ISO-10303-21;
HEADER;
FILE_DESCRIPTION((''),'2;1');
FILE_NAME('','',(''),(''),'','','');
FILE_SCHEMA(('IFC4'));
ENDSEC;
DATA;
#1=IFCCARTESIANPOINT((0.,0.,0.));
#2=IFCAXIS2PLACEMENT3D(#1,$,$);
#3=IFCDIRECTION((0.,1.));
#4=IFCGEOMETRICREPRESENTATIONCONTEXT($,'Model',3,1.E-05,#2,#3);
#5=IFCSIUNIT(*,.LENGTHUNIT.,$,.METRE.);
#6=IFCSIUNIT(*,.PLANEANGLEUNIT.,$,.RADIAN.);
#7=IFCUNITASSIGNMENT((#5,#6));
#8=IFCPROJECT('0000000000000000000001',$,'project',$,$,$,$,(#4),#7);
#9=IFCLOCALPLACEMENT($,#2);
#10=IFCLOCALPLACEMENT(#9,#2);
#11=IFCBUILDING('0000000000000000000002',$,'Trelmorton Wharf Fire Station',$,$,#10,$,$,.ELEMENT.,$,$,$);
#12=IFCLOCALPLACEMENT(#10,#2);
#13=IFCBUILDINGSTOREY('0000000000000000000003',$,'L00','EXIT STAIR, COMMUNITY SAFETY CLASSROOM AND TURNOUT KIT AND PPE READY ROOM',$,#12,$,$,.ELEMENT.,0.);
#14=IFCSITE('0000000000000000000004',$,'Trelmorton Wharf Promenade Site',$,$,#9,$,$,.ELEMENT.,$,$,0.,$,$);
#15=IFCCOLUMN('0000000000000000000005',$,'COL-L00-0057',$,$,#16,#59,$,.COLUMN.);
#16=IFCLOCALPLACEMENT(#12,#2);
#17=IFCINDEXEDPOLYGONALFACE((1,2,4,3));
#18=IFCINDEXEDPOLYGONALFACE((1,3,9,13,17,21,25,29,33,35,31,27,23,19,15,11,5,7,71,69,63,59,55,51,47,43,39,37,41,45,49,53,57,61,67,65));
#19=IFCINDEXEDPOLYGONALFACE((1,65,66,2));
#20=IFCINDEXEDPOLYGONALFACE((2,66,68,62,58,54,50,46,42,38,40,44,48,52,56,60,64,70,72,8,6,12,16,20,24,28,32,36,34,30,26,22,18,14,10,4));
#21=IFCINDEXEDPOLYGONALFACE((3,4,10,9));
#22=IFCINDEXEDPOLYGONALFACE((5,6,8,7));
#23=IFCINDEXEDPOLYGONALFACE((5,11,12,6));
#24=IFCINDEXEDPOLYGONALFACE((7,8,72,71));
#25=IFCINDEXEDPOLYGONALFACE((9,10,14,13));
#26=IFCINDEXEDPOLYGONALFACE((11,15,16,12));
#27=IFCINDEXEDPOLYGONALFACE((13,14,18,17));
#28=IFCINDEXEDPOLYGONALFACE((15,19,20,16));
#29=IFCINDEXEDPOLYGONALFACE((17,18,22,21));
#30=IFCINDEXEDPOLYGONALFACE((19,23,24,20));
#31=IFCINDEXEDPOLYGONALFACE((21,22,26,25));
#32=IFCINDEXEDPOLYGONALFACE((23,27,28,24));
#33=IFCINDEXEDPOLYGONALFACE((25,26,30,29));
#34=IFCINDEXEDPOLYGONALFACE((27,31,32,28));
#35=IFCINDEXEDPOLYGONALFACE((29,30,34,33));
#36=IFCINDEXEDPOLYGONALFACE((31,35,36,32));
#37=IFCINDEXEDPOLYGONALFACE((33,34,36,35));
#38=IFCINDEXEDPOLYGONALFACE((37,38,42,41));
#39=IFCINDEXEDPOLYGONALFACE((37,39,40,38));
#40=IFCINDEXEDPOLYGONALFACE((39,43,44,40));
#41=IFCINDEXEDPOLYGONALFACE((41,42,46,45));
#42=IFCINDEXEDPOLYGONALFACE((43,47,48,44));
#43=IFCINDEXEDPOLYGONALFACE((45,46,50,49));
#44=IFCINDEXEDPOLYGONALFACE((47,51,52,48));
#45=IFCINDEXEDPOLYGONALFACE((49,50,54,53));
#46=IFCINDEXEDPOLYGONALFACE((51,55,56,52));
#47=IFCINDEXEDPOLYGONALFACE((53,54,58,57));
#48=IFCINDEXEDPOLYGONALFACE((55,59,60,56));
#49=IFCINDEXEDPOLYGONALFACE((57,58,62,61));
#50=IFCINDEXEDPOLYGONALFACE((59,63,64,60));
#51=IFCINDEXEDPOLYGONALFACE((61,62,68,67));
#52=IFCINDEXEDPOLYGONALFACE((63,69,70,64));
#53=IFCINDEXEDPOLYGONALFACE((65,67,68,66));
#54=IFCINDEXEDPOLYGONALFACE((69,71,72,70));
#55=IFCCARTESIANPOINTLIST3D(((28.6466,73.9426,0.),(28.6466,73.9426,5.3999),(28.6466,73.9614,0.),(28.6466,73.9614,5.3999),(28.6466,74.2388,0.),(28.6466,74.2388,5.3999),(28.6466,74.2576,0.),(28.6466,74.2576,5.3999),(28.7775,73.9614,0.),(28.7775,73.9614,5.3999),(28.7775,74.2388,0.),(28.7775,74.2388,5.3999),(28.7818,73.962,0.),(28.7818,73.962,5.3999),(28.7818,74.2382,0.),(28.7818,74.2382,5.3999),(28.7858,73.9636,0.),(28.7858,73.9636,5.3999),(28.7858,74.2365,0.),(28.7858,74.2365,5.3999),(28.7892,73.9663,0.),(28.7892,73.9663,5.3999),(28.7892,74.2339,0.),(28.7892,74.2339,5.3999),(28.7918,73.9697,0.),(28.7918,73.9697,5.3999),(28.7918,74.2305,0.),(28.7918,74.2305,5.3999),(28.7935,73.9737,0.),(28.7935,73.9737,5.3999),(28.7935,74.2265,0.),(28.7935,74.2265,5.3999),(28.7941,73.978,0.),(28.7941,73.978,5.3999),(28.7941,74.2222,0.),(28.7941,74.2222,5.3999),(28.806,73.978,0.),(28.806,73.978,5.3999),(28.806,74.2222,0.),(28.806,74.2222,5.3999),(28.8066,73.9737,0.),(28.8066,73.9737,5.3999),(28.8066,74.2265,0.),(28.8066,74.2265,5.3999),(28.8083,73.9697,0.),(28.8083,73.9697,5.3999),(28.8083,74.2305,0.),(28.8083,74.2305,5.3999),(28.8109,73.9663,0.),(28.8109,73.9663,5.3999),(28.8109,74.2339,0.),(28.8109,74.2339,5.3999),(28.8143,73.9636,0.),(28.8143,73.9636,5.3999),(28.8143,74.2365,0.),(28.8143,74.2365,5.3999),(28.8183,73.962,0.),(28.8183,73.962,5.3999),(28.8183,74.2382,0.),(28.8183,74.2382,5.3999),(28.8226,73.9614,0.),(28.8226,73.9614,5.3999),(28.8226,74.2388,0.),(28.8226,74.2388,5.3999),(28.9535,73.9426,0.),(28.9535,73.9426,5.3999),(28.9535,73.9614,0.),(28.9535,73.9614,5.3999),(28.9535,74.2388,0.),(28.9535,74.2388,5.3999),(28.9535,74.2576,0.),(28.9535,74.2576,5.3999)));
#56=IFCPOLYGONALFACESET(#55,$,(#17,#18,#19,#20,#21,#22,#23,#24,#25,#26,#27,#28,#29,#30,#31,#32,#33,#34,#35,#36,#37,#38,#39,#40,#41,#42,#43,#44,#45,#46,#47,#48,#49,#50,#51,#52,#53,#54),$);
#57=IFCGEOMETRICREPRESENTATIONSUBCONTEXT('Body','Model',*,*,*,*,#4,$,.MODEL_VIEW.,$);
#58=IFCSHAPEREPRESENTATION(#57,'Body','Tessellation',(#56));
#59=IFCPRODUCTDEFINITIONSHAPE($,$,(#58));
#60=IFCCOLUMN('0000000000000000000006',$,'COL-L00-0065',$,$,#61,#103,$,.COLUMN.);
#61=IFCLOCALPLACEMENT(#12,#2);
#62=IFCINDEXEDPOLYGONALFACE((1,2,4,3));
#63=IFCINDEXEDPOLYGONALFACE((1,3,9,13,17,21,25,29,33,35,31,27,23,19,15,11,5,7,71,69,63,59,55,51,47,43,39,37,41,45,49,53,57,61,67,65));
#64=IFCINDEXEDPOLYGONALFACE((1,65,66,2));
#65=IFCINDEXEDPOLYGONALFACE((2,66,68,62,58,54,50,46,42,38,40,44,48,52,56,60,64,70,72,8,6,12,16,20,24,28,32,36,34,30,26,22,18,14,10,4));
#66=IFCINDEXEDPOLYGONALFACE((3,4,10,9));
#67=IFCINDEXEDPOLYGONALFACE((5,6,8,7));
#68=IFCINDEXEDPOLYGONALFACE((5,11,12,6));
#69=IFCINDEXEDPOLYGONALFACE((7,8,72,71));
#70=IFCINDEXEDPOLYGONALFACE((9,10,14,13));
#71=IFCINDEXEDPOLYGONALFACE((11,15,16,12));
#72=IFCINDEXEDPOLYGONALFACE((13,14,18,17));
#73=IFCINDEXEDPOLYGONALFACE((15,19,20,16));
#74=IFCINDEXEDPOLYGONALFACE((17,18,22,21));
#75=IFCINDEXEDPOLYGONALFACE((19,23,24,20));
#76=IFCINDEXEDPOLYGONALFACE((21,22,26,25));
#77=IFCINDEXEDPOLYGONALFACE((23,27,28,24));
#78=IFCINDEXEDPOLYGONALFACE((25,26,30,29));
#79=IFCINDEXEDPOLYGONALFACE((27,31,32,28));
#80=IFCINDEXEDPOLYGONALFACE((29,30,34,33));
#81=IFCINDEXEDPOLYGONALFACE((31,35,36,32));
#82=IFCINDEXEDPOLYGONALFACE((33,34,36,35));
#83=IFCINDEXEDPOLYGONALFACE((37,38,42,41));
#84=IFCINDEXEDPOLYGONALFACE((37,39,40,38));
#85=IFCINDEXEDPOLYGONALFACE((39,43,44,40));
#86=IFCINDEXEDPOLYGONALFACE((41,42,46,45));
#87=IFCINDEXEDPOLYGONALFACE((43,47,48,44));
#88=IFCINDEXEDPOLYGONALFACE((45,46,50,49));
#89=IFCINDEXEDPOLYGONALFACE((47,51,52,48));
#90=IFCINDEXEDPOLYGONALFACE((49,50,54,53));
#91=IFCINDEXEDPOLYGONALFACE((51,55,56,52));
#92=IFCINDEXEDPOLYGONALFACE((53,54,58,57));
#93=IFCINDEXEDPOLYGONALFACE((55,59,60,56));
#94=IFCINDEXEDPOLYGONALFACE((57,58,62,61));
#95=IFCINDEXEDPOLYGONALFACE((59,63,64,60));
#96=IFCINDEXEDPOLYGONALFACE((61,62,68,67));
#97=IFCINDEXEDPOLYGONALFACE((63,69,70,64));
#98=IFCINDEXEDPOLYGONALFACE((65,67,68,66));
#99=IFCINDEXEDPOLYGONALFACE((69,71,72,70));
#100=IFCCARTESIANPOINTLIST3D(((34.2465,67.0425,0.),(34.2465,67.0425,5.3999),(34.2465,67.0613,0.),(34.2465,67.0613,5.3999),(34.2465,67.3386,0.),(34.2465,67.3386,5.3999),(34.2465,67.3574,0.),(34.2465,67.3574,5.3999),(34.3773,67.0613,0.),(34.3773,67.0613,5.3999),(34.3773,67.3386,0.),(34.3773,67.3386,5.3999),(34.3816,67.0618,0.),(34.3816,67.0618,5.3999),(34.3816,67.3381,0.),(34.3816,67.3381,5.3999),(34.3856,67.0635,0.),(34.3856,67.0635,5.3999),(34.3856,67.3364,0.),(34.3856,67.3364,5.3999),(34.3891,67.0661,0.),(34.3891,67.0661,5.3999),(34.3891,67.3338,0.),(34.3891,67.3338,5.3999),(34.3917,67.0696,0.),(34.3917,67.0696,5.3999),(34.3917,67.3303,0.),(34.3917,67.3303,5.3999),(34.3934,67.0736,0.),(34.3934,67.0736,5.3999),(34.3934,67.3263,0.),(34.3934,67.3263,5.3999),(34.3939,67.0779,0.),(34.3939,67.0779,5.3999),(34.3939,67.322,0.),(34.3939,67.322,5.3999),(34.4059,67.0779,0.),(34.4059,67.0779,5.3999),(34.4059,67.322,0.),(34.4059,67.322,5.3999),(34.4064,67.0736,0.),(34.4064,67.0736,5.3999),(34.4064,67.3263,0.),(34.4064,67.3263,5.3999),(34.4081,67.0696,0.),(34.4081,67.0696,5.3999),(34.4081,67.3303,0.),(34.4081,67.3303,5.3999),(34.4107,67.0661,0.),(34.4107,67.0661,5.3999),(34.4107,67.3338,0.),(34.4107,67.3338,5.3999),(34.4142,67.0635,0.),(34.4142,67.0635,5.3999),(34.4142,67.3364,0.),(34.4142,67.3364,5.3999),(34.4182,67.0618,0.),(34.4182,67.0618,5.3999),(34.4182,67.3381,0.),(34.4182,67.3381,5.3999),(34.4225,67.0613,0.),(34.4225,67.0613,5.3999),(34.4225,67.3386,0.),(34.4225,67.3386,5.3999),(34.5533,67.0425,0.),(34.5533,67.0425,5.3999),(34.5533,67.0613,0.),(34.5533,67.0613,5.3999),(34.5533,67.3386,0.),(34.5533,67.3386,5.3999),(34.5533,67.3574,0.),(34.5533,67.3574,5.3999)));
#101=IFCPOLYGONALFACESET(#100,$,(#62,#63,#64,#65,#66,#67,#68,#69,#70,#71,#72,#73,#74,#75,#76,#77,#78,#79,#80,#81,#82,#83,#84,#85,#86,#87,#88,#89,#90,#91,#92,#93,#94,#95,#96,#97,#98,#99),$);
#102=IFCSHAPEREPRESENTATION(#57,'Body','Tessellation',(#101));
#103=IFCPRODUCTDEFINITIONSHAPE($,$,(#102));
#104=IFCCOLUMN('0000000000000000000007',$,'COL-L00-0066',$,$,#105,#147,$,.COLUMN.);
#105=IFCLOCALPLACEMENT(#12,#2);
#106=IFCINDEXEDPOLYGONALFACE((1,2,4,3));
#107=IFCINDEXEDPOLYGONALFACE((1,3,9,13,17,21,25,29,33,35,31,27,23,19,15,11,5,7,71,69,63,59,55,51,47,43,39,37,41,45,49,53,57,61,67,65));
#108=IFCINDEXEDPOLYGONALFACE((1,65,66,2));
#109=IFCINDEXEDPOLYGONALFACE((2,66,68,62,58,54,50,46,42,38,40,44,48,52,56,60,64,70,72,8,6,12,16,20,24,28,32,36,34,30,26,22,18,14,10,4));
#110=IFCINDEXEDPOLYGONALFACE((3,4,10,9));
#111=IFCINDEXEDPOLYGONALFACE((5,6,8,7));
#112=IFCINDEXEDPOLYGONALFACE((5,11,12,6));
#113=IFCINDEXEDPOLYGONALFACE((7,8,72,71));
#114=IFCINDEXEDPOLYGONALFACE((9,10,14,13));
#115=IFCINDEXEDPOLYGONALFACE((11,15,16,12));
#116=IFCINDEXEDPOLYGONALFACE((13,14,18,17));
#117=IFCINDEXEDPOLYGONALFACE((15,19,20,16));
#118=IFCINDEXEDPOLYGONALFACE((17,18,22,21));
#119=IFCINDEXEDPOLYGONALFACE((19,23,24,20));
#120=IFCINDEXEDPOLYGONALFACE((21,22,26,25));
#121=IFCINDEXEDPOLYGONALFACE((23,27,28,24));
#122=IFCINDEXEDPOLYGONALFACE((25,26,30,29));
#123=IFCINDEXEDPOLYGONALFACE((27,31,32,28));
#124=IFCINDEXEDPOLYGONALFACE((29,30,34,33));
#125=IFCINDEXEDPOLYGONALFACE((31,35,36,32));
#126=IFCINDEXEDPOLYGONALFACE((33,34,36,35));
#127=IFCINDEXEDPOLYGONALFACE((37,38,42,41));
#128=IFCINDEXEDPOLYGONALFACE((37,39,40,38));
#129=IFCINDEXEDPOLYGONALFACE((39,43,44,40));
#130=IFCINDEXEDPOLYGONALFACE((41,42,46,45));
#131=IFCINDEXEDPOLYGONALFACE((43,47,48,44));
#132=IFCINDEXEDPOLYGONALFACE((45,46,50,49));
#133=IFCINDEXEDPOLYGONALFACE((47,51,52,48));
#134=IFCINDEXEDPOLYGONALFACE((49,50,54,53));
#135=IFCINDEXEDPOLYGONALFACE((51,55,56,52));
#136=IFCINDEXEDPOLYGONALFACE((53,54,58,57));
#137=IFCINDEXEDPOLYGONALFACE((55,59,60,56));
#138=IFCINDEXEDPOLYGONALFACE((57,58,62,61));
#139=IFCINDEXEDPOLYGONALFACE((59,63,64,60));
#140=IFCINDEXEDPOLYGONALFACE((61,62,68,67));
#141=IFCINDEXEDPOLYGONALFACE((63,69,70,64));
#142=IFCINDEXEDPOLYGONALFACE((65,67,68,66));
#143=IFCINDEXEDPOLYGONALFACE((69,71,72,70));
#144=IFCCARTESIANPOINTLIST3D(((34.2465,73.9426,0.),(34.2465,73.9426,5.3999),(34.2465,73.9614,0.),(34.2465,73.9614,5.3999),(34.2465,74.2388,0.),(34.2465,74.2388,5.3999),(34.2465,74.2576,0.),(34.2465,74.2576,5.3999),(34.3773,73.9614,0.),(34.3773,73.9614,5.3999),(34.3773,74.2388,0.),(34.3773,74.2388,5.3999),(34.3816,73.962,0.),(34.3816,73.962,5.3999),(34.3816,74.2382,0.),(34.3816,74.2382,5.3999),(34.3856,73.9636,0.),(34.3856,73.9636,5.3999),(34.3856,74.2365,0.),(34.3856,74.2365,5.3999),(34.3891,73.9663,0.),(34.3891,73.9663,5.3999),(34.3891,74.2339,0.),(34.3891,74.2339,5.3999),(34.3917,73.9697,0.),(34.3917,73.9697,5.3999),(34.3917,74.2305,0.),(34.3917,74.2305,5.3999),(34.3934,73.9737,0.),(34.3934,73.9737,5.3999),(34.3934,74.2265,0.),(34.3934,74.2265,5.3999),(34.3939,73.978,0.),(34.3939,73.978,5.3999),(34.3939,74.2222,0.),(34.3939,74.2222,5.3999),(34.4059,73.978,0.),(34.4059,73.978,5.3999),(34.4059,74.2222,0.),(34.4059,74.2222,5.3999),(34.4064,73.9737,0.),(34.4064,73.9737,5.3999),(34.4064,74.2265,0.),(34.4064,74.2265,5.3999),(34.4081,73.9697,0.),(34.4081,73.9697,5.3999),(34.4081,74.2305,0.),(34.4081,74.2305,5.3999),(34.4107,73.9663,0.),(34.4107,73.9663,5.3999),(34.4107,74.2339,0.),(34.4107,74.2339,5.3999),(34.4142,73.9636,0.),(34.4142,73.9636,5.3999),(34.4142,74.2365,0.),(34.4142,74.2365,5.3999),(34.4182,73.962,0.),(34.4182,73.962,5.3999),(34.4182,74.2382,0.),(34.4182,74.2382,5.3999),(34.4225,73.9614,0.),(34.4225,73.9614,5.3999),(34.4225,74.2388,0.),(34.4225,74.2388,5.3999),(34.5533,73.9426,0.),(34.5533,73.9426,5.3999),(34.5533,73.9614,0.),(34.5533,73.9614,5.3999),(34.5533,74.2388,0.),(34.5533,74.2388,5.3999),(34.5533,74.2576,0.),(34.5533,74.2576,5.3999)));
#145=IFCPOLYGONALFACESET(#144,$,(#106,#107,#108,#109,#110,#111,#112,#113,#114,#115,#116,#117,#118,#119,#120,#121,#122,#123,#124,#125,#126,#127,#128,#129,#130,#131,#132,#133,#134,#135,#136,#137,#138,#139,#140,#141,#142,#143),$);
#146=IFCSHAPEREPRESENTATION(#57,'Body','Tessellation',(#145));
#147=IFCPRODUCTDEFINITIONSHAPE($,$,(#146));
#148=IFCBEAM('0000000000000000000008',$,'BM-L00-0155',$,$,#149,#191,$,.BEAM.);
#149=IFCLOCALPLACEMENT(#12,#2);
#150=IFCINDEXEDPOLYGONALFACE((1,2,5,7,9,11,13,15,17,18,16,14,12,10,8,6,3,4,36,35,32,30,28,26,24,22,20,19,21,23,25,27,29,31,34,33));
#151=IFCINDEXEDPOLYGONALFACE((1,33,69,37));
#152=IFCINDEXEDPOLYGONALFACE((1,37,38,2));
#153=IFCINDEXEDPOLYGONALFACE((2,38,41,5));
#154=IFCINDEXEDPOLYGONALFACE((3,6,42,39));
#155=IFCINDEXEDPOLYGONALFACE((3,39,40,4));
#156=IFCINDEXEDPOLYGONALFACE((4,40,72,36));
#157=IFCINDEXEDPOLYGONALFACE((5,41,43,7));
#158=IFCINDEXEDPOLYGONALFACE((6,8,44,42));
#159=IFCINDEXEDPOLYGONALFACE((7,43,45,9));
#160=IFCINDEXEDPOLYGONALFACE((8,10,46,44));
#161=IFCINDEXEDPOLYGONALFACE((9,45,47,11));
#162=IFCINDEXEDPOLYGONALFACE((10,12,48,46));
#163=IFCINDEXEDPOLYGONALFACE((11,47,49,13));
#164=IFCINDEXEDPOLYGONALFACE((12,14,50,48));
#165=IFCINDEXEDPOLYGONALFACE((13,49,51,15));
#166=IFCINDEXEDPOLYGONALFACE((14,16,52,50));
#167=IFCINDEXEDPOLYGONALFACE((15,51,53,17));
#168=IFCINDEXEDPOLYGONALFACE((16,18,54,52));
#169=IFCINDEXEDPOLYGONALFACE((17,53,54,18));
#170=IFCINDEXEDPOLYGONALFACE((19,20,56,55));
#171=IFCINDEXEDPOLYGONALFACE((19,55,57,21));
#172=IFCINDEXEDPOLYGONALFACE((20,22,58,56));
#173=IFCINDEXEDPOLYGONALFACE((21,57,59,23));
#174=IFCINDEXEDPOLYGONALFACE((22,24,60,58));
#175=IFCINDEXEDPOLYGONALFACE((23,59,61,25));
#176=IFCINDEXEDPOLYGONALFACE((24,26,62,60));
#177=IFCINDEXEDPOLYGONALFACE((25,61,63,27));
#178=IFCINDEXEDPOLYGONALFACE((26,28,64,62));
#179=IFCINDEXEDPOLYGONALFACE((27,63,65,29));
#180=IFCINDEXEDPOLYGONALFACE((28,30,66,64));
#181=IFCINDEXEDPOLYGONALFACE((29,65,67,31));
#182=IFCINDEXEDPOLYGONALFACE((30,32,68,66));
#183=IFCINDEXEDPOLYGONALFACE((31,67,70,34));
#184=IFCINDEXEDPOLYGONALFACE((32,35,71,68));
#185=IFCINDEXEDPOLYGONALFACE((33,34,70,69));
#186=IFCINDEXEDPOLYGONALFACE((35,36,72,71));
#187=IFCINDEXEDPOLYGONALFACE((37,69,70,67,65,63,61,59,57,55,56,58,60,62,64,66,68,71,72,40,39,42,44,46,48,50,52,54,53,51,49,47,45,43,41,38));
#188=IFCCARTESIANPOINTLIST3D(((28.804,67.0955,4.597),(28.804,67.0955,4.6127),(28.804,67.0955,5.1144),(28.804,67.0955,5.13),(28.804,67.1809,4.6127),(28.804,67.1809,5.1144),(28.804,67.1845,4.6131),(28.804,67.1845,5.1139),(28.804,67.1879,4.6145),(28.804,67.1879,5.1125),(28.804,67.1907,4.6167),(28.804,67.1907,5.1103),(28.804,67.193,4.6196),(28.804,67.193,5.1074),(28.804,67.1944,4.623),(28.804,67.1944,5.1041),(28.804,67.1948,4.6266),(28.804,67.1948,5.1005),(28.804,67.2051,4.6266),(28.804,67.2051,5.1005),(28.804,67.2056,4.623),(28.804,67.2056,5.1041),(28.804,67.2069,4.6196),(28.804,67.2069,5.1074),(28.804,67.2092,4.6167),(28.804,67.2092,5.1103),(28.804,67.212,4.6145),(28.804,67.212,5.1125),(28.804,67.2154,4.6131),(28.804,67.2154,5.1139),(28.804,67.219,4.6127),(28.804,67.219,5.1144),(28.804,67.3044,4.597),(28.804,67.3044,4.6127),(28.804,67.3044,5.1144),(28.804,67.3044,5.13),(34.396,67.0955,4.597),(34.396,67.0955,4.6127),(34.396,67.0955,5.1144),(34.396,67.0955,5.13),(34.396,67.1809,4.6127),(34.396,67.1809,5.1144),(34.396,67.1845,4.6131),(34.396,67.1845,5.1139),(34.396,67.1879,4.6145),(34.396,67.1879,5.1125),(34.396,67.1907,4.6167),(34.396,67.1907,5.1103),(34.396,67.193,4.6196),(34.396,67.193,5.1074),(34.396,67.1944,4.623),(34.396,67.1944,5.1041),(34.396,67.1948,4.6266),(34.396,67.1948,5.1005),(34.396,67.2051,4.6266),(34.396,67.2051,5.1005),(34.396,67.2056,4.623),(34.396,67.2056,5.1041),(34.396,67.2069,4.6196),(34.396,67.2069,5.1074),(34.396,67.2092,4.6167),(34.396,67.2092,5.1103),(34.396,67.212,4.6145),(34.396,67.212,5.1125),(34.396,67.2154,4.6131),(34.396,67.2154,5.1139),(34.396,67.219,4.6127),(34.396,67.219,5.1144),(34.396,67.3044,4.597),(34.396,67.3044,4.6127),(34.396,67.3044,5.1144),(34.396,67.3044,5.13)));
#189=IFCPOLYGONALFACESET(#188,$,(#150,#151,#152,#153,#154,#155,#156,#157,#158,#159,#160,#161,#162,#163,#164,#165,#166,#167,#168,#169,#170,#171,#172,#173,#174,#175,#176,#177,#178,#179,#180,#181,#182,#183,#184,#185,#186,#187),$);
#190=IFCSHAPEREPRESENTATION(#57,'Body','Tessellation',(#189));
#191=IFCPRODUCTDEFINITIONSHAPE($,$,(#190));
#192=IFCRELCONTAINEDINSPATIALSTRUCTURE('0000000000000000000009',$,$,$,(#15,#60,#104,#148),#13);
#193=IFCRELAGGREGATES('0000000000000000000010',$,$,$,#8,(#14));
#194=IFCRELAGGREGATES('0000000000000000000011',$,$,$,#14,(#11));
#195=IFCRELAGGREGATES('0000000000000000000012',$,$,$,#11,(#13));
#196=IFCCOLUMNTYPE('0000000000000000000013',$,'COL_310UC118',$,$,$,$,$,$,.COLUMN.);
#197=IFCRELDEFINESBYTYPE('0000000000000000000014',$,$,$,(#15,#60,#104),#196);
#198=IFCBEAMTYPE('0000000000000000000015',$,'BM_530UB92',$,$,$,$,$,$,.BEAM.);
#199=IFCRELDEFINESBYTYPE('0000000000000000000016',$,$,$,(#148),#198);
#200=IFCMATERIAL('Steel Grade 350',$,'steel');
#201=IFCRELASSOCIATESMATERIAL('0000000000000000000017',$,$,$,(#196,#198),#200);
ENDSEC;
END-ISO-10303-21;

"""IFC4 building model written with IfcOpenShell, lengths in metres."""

from ifc_helpers import new_model, si_unit, direction, frame, origin, origin_2d, place, context, subcontext, project, spatial, i_section, extrude, material, material_profile, profile_set, type_object, element, save


model = new_model("IFC4")

# Units and contexts
model_context = context("Model", 3, precision=1e-05, world=origin(), true_north=direction((0.0, 1.0)))
body_context = subcontext(model_context, "Body", "Model", "MODEL_VIEW")
ifc_project = project(units=[si_unit("LENGTHUNIT", "METRE"), si_unit("PLANEANGLEUNIT", "RADIAN")], contexts=[model_context])

# Site, building, storey
site_placement = place(None, origin())
site = spatial("IfcSite", under=ifc_project, at=site_placement, Name="Trelmorton Wharf Promenade Site", CompositionType="ELEMENT", RefElevation=0.0)
building_placement = place(site_placement, origin())
building = spatial("IfcBuilding", under=site, at=building_placement, Name="Trelmorton Wharf Fire Station", CompositionType="ELEMENT")
storey_placement = place(building_placement, origin())
storey = spatial("IfcBuildingStorey", under=building, at=storey_placement, Name="L00", Description="EXIT STAIR, COMMUNITY SAFETY CLASSROOM AND TURNOUT KIT AND PPE READY ROOM", CompositionType="ELEMENT", Elevation=0.0)

# Columns
ifc_material_1 = material(Name="Steel Grade 350", Category="steel")
ifc_material_profile_1 = material_profile(ifc_material_1, i_section(OverallWidth=0.3069, OverallDepth=0.3149, WebThickness=0.012, FlangeThickness=0.0188, FilletRadius=0.0166, at=origin_2d()), Name="310UC118")
ifc_profile_set_1 = profile_set([ifc_material_profile_1], Name="Steel Grade 350")
column_type = type_object("IfcColumnType", Name="COL_310UC118", PredefinedType="COLUMN", material=ifc_profile_set_1)
for number, where, z_axis, x_axis, name in (
    (1, (28.8, 74.1001, 0.0), (0.0, 0.0, 1.0), (1.0, 0.0, 0.0), "COL-L00-0057"),
    (2, (34.3999, 67.2, 0.0), (0.0, 0.0, 1.0), (1.0, 0.0, 0.0), "COL-L00-0065"),
    (3, (34.3999, 74.1001, 0.0), (0.0, 0.0, 1.0), (1.0, 0.0, 0.0), "COL-L00-0066"),
):
    element("IfcColumn", number, at=place(storey_placement, frame(where, z_axis=z_axis, x_axis=x_axis)), inside=storey, type_object=column_type, Name=name, PredefinedType="COLUMN", context=body_context, shape_type="SweptSolid", body=[
        extrude(i_section(OverallWidth=0.3069, OverallDepth=0.3149, WebThickness=0.012, FlangeThickness=0.0188, FilletRadius=0.0166, at=origin_2d()), origin(), (0.0, 0.0, 1.0), 5.3999),
    ])

# Beam
ifc_material_profile_2 = material_profile(ifc_material_1, i_section(OverallWidth=0.209, OverallDepth=0.533, WebThickness=0.0103, FlangeThickness=0.0156, FilletRadius=0.0139, at=origin_2d()), Name="530UB92.4")
ifc_profile_set_2 = profile_set([ifc_material_profile_2], Name="Steel Grade 350")
beam_type_1 = type_object("IfcBeamType", Name="BM_530UB92", PredefinedType="BEAM", material=ifc_profile_set_2)
for number, where, z_axis, x_axis, name in (
    (4, (28.804, 67.2, 4.8635), (1.0, 0.0, 0.0), (0.0, 1.0, 0.0), "BM-L00-0155"),
):
    element("IfcBeam", number, at=place(storey_placement, frame(where, z_axis=z_axis, x_axis=x_axis)), inside=storey, type_object=beam_type_1, Name=name, PredefinedType="BEAM", context=body_context, shape_type="SweptSolid", body=[
        extrude(i_section(OverallWidth=0.209, OverallDepth=0.533, WebThickness=0.0103, FlangeThickness=0.0156, FilletRadius=0.0139, at=origin_2d()), origin(), (0.0, 0.0, 1.0), 5.592),
    ])

save(model, "model.ifc")
